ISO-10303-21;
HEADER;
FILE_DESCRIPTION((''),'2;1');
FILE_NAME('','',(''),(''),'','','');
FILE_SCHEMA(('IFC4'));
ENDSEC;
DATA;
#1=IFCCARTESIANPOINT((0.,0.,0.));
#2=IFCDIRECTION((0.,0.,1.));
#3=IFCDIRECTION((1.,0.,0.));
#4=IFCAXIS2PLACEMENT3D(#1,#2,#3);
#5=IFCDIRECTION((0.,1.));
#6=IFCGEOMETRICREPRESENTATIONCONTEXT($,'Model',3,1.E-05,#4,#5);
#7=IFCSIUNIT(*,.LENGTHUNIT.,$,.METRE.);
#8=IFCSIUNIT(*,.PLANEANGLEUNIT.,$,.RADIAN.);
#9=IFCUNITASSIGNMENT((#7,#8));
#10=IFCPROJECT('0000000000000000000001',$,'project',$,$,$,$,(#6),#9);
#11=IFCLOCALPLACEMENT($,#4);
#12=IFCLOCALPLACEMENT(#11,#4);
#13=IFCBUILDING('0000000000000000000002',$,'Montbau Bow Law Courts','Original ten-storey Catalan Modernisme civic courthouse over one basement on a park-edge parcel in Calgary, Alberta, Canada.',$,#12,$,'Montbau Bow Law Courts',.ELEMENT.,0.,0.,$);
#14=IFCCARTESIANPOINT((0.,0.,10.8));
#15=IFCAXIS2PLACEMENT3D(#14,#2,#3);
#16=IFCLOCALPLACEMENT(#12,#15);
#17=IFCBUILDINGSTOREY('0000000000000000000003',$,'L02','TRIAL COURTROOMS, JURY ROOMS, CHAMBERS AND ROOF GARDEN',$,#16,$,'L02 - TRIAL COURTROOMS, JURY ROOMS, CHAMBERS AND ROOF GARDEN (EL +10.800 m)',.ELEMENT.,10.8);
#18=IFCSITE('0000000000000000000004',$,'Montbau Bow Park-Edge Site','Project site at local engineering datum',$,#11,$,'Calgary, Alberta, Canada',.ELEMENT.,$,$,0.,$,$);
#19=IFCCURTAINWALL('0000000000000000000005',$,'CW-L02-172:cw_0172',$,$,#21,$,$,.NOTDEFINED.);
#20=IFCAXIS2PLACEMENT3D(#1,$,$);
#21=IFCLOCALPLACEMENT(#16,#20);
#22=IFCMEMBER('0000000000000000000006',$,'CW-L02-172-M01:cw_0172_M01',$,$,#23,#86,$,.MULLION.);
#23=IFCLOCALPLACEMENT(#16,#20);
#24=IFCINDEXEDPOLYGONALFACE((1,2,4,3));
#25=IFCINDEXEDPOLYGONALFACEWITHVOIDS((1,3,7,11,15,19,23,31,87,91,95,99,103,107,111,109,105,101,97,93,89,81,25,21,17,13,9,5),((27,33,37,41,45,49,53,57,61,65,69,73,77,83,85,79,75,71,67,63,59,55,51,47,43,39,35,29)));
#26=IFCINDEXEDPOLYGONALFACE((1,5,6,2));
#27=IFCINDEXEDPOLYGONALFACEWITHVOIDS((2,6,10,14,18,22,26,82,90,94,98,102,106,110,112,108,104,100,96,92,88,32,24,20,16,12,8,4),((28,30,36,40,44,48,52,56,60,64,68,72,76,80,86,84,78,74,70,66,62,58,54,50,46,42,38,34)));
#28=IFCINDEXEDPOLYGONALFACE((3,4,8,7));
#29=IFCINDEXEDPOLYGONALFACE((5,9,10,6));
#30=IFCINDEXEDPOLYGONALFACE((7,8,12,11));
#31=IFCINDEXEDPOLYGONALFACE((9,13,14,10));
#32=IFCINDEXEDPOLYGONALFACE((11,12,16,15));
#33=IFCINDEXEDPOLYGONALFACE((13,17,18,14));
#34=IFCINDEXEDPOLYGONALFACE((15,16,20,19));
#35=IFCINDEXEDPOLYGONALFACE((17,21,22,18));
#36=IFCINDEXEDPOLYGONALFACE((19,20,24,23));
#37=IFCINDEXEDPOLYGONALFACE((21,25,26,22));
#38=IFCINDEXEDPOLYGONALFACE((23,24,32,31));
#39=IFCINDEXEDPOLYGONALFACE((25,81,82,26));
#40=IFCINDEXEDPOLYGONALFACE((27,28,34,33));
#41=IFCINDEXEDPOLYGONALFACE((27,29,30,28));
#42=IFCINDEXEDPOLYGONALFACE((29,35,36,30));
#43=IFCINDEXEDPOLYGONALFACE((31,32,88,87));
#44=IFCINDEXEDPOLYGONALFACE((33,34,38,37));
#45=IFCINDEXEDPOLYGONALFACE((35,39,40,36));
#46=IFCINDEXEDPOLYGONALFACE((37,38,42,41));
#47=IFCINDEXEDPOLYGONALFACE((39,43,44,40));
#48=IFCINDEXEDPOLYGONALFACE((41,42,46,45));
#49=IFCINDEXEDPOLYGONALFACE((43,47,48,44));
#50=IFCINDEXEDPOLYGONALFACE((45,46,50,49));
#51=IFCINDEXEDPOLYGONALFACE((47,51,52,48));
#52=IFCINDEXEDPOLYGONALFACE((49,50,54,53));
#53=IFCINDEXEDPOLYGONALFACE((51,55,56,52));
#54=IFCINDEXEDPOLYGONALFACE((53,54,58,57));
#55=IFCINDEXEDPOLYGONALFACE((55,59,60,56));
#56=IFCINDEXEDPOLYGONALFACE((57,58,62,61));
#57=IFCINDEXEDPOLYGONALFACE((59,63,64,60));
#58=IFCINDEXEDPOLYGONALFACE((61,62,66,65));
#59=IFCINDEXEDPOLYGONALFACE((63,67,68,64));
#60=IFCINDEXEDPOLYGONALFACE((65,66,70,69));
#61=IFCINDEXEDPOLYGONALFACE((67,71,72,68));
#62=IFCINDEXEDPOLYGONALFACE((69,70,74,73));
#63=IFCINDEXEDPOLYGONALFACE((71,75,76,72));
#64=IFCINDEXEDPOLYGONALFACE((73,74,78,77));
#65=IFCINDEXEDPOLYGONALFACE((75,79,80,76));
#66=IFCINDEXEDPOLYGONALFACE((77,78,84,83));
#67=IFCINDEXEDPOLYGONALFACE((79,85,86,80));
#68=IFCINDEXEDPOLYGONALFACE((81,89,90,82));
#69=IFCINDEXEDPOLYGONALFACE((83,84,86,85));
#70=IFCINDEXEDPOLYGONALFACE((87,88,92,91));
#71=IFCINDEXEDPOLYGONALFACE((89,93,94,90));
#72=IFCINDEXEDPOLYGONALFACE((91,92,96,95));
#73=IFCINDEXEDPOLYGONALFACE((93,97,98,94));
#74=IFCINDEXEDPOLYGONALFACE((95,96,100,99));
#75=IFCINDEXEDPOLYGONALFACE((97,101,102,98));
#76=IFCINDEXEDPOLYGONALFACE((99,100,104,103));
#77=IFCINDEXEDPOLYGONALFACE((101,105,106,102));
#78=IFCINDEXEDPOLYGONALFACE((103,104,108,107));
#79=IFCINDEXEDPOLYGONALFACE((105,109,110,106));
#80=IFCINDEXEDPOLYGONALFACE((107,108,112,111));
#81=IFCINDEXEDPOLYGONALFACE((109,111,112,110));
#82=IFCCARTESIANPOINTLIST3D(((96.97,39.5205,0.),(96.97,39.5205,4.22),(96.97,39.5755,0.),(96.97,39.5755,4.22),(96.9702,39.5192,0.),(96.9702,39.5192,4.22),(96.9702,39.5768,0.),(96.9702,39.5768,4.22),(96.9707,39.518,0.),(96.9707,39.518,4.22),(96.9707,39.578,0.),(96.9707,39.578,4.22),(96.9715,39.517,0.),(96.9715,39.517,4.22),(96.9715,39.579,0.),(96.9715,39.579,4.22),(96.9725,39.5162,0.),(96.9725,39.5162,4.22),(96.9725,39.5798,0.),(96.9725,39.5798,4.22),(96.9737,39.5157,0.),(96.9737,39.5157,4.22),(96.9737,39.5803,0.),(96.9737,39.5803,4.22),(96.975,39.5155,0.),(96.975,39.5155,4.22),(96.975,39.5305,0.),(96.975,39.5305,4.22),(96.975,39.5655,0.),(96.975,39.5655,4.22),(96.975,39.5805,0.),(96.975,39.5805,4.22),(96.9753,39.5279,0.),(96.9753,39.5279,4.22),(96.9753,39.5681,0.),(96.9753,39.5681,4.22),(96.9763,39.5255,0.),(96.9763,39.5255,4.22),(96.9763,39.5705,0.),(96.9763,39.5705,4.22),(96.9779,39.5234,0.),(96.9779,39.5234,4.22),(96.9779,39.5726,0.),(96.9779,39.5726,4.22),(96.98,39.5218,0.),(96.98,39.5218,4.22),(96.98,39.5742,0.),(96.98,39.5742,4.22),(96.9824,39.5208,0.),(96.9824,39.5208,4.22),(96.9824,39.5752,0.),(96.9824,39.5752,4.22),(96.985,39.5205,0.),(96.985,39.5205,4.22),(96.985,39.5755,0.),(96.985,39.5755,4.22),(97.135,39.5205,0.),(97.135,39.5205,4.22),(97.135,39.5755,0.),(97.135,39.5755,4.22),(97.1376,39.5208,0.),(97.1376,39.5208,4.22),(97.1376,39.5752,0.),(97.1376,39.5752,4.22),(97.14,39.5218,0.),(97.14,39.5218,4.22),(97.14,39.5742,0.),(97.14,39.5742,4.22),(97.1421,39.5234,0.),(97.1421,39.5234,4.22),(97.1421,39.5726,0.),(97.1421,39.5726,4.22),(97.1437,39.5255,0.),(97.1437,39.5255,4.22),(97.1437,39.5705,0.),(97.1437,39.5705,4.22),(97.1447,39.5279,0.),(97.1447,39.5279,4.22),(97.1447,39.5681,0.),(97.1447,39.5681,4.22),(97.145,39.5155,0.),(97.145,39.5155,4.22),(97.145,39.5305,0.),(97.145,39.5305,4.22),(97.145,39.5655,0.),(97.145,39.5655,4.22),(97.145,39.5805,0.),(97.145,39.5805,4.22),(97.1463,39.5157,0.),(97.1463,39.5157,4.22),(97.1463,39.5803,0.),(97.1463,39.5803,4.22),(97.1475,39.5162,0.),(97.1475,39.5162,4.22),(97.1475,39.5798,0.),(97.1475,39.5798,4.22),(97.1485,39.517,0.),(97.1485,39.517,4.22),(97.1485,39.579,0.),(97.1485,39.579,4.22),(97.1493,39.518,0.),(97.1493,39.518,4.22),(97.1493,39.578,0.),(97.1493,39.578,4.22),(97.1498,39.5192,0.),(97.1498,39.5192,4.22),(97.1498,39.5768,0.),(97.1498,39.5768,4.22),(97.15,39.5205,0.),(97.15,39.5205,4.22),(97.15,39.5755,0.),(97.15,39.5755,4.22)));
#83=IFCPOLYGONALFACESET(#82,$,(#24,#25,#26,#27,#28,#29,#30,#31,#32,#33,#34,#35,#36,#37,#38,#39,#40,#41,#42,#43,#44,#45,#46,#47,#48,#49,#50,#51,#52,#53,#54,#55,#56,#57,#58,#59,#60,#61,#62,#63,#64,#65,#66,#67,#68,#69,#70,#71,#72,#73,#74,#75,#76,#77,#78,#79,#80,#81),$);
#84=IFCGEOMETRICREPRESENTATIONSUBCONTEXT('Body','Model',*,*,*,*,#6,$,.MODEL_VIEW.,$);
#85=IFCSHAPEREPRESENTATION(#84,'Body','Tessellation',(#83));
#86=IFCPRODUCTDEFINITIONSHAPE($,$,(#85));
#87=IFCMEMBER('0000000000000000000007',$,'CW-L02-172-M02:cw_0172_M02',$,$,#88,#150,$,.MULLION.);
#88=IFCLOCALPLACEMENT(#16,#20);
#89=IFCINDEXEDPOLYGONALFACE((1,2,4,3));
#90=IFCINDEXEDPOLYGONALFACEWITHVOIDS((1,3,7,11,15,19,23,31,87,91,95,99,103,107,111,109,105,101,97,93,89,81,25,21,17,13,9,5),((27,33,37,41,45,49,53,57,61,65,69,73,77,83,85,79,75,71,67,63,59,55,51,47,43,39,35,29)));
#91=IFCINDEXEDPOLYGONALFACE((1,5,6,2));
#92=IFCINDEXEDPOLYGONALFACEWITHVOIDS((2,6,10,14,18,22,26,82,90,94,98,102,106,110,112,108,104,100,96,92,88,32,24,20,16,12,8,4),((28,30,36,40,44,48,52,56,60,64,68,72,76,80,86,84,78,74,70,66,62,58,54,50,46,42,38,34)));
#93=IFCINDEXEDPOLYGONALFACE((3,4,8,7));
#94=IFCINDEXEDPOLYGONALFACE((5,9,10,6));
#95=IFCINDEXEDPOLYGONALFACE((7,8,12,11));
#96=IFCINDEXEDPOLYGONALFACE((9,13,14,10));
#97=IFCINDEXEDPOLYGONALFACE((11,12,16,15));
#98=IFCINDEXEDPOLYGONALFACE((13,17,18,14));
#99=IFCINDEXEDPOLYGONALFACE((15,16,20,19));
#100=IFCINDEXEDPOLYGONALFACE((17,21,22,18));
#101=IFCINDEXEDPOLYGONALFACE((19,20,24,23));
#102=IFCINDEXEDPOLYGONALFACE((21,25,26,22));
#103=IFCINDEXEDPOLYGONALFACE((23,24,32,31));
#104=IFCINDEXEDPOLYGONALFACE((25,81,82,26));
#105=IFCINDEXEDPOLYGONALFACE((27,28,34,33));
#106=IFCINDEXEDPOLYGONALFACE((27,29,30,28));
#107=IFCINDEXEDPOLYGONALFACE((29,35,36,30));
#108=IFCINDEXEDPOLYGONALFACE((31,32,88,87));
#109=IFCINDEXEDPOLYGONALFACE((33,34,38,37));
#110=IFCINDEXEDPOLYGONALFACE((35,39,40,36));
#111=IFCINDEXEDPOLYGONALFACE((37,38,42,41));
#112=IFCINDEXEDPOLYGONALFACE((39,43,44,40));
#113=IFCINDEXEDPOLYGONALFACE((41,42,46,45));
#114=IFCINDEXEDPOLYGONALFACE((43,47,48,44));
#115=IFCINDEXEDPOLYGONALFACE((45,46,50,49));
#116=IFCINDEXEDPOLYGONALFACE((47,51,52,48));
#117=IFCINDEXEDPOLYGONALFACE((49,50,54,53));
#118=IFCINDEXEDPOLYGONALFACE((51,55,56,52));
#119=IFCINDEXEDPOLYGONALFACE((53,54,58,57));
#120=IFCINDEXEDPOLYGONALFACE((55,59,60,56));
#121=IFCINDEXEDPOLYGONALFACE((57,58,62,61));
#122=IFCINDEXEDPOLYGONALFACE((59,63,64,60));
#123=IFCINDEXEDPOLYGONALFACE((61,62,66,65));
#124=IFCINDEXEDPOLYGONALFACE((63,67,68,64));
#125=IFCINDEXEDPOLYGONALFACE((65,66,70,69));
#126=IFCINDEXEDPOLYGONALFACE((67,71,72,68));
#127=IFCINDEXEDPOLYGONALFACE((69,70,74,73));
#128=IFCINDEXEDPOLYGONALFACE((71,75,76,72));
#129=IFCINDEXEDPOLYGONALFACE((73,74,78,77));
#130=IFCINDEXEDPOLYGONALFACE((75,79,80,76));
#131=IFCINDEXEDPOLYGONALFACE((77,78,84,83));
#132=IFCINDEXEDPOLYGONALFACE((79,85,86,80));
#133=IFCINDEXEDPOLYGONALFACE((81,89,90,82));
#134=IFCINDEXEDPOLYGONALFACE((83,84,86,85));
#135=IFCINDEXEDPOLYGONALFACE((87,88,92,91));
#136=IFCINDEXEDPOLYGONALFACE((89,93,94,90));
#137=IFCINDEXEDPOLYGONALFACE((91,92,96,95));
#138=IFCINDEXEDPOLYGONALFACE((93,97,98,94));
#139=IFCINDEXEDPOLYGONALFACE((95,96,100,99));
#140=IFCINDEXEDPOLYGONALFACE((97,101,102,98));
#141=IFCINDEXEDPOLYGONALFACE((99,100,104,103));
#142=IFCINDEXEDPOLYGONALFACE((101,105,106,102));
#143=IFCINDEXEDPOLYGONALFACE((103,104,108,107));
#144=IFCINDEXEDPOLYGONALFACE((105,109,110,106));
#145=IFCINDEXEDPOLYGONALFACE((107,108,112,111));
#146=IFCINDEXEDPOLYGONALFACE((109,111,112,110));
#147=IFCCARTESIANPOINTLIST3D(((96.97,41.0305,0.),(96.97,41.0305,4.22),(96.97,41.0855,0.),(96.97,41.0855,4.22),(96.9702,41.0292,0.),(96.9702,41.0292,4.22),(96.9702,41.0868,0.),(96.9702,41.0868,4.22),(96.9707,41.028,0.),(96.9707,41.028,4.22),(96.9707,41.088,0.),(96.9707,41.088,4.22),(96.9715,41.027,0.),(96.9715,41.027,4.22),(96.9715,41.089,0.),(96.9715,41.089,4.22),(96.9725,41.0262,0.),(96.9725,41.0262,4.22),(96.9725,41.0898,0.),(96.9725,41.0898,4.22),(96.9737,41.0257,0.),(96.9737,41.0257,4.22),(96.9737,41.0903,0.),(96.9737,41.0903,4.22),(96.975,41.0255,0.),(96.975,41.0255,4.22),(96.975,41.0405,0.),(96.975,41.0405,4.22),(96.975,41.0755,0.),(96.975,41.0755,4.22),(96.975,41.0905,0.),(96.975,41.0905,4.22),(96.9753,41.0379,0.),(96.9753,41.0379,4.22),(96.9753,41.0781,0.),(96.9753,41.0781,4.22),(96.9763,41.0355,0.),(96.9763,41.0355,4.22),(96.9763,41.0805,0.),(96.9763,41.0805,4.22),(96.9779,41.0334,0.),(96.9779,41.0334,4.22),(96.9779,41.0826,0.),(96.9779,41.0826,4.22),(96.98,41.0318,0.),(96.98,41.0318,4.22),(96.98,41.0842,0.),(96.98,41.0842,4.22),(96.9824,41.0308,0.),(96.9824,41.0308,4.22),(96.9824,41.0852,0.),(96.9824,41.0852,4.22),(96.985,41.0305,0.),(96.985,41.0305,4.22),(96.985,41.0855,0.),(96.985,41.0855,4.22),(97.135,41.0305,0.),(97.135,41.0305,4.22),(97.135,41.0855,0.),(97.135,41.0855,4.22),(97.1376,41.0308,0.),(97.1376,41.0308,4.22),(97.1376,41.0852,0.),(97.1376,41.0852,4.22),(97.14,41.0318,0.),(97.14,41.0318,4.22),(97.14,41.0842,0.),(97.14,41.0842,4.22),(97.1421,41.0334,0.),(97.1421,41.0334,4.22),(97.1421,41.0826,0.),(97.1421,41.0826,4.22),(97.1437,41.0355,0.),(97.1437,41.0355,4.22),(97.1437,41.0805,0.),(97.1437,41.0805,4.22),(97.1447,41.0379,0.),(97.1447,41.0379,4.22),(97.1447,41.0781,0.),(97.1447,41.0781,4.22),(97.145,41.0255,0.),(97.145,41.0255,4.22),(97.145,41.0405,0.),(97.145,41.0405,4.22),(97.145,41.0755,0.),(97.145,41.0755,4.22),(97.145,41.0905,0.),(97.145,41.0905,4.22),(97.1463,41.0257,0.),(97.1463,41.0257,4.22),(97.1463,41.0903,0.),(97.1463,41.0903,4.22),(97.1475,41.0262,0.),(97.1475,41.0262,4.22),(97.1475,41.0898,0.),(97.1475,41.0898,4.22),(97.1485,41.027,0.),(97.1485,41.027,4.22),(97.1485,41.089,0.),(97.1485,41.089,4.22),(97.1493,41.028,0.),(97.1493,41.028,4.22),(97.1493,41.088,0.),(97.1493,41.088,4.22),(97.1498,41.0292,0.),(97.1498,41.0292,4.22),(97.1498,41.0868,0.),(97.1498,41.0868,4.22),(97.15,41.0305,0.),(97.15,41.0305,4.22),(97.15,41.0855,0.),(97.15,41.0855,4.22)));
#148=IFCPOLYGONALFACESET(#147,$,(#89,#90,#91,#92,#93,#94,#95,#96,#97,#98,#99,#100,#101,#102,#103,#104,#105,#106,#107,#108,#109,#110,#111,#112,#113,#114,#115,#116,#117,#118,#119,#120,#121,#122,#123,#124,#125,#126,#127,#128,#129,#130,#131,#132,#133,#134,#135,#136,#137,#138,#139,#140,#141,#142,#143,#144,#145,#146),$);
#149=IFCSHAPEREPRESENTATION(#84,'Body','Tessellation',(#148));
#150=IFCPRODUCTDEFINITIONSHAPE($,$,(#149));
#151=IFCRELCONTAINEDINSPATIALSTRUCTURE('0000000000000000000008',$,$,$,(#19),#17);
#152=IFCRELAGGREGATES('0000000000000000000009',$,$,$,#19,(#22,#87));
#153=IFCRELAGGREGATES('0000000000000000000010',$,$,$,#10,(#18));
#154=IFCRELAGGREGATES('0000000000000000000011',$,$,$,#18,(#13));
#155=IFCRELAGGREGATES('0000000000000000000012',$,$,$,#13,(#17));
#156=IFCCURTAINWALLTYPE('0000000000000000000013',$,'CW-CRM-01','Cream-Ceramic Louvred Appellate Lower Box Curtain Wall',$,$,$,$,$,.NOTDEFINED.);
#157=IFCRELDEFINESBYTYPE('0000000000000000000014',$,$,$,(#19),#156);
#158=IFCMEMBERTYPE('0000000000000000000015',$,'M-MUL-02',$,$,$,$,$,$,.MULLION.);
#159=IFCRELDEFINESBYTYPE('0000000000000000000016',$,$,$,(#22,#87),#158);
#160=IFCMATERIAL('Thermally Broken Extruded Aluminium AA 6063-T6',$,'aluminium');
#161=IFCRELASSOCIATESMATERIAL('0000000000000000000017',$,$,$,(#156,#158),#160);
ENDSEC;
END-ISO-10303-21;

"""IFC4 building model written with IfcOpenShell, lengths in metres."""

from ifc_helpers import new_model, si_unit, direction, frame, origin_with_axes, origin_2d_with_axis, place, context, subcontext, project, spatial, hollow_rectangle, extrude, material, material_profile, profile_set, type_object, element, aggregate, save


model = new_model("IFC4")

# Units and contexts
model_context = context("Model", 3, precision=1e-05, world=origin_with_axes(), true_north=direction((0.0, 1.0)))
body_context = subcontext(model_context, "Body", "Model", "MODEL_VIEW")
ifc_project = project(units=[si_unit("LENGTHUNIT", "METRE"), si_unit("PLANEANGLEUNIT", "RADIAN")], contexts=[model_context])

# Site, building, storey
site_placement = place(None, origin_with_axes())
site = spatial("IfcSite", under=ifc_project, at=site_placement, Name="Montbau Bow Park-Edge Site", Description="Project site at local engineering datum", LongName="Calgary, Alberta, Canada", CompositionType="ELEMENT", RefElevation=0.0)
building_placement = place(site_placement, origin_with_axes())
building = spatial("IfcBuilding", under=site, at=building_placement, Name="Montbau Bow Law Courts", Description="Original ten-storey Catalan Modernisme civic courthouse over one basement on a park-edge parcel in Calgary, Alberta, Canada.", LongName="Montbau Bow Law Courts", CompositionType="ELEMENT", ElevationOfRefHeight=0.0, ElevationOfTerrain=0.0)
storey_placement = place(building_placement, frame((0.0, 0.0, 10.8), z_axis=(0.0, 0.0, 1.0), x_axis=(1.0, 0.0, 0.0)))
storey = spatial("IfcBuildingStorey", under=building, at=storey_placement, Name="L02", Description="TRIAL COURTROOMS, JURY ROOMS, CHAMBERS AND ROOF GARDEN", LongName="L02 - TRIAL COURTROOMS, JURY ROOMS, CHAMBERS AND ROOF GARDEN (EL +10.800 m)", CompositionType="ELEMENT", Elevation=10.8)

# Curtain wall, members
ifc_material_1 = material(Name="Thermally Broken Extruded Aluminium AA 6063-T6", Category="aluminium")
curtain_wall_type = type_object("IfcCurtainWallType", Name="CW-CRM-01", Description="Cream-Ceramic Louvred Appellate Lower Box Curtain Wall", PredefinedType="NOTDEFINED", material=ifc_material_1)
curtain_wall_1_placement = place(None, frame((97.06, 39.515, 10.8), z_axis=(0.0, 0.0, 1.0), x_axis=(1.0, 0.0, 0.0)))
curtain_wall_1 = element("IfcCurtainWall", 1, at=curtain_wall_1_placement, inside=storey, type_object=curtain_wall_type, Name="CW-L02-172:cw_0172", PredefinedType="NOTDEFINED")
ifc_material_profile_1 = material_profile(ifc_material_1, hollow_rectangle(XDim=0.065, YDim=0.18, WallThickness=0.005, InnerFilletRadius=0.01, OuterFilletRadius=0.005, at=origin_2d_with_axis()), Name="CWM-180X65", Category="Main", Priority=0)
ifc_profile_set_1 = profile_set([ifc_material_profile_1], Name="Thermally Broken Extruded Aluminium AA 6063-T6")
member_type_1 = type_object("IfcMemberType", Name="M-MUL-02", PredefinedType="MULLION", material=ifc_profile_set_1)
member_1_placement = place(None, frame((97.06, 39.548, 10.8), z_axis=(0.0, 0.0, 1.0), x_axis=(0.0, 1.0, 0.0)))
member_1 = element("IfcMember", 2, at=member_1_placement, type_object=member_type_1, Name="CW-L02-172-M01:cw_0172_M01", PredefinedType="MULLION", context=body_context, shape_type="SweptSolid", body=[
    extrude(hollow_rectangle(XDim=0.065, YDim=0.18, WallThickness=0.005, InnerFilletRadius=0.01, OuterFilletRadius=0.005, at=origin_2d_with_axis()), origin_with_axes(), (0.0, 0.0, 1.0), 4.22),
])
member_2_placement = place(None, frame((97.06, 41.058, 10.8), z_axis=(0.0, 0.0, 1.0), x_axis=(0.0, 1.0, 0.0)))
member_2 = element("IfcMember", 3, at=member_2_placement, type_object=member_type_1, Name="CW-L02-172-M02:cw_0172_M02", PredefinedType="MULLION", context=body_context, shape_type="SweptSolid", body=[
    extrude(hollow_rectangle(XDim=0.065, YDim=0.18, WallThickness=0.005, InnerFilletRadius=0.01, OuterFilletRadius=0.005, at=origin_2d_with_axis()), origin_with_axes(), (0.0, 0.0, 1.0), 4.22),
])

aggregate(curtain_wall_1, [member_1, member_2])

save(model, "model.ifc")
